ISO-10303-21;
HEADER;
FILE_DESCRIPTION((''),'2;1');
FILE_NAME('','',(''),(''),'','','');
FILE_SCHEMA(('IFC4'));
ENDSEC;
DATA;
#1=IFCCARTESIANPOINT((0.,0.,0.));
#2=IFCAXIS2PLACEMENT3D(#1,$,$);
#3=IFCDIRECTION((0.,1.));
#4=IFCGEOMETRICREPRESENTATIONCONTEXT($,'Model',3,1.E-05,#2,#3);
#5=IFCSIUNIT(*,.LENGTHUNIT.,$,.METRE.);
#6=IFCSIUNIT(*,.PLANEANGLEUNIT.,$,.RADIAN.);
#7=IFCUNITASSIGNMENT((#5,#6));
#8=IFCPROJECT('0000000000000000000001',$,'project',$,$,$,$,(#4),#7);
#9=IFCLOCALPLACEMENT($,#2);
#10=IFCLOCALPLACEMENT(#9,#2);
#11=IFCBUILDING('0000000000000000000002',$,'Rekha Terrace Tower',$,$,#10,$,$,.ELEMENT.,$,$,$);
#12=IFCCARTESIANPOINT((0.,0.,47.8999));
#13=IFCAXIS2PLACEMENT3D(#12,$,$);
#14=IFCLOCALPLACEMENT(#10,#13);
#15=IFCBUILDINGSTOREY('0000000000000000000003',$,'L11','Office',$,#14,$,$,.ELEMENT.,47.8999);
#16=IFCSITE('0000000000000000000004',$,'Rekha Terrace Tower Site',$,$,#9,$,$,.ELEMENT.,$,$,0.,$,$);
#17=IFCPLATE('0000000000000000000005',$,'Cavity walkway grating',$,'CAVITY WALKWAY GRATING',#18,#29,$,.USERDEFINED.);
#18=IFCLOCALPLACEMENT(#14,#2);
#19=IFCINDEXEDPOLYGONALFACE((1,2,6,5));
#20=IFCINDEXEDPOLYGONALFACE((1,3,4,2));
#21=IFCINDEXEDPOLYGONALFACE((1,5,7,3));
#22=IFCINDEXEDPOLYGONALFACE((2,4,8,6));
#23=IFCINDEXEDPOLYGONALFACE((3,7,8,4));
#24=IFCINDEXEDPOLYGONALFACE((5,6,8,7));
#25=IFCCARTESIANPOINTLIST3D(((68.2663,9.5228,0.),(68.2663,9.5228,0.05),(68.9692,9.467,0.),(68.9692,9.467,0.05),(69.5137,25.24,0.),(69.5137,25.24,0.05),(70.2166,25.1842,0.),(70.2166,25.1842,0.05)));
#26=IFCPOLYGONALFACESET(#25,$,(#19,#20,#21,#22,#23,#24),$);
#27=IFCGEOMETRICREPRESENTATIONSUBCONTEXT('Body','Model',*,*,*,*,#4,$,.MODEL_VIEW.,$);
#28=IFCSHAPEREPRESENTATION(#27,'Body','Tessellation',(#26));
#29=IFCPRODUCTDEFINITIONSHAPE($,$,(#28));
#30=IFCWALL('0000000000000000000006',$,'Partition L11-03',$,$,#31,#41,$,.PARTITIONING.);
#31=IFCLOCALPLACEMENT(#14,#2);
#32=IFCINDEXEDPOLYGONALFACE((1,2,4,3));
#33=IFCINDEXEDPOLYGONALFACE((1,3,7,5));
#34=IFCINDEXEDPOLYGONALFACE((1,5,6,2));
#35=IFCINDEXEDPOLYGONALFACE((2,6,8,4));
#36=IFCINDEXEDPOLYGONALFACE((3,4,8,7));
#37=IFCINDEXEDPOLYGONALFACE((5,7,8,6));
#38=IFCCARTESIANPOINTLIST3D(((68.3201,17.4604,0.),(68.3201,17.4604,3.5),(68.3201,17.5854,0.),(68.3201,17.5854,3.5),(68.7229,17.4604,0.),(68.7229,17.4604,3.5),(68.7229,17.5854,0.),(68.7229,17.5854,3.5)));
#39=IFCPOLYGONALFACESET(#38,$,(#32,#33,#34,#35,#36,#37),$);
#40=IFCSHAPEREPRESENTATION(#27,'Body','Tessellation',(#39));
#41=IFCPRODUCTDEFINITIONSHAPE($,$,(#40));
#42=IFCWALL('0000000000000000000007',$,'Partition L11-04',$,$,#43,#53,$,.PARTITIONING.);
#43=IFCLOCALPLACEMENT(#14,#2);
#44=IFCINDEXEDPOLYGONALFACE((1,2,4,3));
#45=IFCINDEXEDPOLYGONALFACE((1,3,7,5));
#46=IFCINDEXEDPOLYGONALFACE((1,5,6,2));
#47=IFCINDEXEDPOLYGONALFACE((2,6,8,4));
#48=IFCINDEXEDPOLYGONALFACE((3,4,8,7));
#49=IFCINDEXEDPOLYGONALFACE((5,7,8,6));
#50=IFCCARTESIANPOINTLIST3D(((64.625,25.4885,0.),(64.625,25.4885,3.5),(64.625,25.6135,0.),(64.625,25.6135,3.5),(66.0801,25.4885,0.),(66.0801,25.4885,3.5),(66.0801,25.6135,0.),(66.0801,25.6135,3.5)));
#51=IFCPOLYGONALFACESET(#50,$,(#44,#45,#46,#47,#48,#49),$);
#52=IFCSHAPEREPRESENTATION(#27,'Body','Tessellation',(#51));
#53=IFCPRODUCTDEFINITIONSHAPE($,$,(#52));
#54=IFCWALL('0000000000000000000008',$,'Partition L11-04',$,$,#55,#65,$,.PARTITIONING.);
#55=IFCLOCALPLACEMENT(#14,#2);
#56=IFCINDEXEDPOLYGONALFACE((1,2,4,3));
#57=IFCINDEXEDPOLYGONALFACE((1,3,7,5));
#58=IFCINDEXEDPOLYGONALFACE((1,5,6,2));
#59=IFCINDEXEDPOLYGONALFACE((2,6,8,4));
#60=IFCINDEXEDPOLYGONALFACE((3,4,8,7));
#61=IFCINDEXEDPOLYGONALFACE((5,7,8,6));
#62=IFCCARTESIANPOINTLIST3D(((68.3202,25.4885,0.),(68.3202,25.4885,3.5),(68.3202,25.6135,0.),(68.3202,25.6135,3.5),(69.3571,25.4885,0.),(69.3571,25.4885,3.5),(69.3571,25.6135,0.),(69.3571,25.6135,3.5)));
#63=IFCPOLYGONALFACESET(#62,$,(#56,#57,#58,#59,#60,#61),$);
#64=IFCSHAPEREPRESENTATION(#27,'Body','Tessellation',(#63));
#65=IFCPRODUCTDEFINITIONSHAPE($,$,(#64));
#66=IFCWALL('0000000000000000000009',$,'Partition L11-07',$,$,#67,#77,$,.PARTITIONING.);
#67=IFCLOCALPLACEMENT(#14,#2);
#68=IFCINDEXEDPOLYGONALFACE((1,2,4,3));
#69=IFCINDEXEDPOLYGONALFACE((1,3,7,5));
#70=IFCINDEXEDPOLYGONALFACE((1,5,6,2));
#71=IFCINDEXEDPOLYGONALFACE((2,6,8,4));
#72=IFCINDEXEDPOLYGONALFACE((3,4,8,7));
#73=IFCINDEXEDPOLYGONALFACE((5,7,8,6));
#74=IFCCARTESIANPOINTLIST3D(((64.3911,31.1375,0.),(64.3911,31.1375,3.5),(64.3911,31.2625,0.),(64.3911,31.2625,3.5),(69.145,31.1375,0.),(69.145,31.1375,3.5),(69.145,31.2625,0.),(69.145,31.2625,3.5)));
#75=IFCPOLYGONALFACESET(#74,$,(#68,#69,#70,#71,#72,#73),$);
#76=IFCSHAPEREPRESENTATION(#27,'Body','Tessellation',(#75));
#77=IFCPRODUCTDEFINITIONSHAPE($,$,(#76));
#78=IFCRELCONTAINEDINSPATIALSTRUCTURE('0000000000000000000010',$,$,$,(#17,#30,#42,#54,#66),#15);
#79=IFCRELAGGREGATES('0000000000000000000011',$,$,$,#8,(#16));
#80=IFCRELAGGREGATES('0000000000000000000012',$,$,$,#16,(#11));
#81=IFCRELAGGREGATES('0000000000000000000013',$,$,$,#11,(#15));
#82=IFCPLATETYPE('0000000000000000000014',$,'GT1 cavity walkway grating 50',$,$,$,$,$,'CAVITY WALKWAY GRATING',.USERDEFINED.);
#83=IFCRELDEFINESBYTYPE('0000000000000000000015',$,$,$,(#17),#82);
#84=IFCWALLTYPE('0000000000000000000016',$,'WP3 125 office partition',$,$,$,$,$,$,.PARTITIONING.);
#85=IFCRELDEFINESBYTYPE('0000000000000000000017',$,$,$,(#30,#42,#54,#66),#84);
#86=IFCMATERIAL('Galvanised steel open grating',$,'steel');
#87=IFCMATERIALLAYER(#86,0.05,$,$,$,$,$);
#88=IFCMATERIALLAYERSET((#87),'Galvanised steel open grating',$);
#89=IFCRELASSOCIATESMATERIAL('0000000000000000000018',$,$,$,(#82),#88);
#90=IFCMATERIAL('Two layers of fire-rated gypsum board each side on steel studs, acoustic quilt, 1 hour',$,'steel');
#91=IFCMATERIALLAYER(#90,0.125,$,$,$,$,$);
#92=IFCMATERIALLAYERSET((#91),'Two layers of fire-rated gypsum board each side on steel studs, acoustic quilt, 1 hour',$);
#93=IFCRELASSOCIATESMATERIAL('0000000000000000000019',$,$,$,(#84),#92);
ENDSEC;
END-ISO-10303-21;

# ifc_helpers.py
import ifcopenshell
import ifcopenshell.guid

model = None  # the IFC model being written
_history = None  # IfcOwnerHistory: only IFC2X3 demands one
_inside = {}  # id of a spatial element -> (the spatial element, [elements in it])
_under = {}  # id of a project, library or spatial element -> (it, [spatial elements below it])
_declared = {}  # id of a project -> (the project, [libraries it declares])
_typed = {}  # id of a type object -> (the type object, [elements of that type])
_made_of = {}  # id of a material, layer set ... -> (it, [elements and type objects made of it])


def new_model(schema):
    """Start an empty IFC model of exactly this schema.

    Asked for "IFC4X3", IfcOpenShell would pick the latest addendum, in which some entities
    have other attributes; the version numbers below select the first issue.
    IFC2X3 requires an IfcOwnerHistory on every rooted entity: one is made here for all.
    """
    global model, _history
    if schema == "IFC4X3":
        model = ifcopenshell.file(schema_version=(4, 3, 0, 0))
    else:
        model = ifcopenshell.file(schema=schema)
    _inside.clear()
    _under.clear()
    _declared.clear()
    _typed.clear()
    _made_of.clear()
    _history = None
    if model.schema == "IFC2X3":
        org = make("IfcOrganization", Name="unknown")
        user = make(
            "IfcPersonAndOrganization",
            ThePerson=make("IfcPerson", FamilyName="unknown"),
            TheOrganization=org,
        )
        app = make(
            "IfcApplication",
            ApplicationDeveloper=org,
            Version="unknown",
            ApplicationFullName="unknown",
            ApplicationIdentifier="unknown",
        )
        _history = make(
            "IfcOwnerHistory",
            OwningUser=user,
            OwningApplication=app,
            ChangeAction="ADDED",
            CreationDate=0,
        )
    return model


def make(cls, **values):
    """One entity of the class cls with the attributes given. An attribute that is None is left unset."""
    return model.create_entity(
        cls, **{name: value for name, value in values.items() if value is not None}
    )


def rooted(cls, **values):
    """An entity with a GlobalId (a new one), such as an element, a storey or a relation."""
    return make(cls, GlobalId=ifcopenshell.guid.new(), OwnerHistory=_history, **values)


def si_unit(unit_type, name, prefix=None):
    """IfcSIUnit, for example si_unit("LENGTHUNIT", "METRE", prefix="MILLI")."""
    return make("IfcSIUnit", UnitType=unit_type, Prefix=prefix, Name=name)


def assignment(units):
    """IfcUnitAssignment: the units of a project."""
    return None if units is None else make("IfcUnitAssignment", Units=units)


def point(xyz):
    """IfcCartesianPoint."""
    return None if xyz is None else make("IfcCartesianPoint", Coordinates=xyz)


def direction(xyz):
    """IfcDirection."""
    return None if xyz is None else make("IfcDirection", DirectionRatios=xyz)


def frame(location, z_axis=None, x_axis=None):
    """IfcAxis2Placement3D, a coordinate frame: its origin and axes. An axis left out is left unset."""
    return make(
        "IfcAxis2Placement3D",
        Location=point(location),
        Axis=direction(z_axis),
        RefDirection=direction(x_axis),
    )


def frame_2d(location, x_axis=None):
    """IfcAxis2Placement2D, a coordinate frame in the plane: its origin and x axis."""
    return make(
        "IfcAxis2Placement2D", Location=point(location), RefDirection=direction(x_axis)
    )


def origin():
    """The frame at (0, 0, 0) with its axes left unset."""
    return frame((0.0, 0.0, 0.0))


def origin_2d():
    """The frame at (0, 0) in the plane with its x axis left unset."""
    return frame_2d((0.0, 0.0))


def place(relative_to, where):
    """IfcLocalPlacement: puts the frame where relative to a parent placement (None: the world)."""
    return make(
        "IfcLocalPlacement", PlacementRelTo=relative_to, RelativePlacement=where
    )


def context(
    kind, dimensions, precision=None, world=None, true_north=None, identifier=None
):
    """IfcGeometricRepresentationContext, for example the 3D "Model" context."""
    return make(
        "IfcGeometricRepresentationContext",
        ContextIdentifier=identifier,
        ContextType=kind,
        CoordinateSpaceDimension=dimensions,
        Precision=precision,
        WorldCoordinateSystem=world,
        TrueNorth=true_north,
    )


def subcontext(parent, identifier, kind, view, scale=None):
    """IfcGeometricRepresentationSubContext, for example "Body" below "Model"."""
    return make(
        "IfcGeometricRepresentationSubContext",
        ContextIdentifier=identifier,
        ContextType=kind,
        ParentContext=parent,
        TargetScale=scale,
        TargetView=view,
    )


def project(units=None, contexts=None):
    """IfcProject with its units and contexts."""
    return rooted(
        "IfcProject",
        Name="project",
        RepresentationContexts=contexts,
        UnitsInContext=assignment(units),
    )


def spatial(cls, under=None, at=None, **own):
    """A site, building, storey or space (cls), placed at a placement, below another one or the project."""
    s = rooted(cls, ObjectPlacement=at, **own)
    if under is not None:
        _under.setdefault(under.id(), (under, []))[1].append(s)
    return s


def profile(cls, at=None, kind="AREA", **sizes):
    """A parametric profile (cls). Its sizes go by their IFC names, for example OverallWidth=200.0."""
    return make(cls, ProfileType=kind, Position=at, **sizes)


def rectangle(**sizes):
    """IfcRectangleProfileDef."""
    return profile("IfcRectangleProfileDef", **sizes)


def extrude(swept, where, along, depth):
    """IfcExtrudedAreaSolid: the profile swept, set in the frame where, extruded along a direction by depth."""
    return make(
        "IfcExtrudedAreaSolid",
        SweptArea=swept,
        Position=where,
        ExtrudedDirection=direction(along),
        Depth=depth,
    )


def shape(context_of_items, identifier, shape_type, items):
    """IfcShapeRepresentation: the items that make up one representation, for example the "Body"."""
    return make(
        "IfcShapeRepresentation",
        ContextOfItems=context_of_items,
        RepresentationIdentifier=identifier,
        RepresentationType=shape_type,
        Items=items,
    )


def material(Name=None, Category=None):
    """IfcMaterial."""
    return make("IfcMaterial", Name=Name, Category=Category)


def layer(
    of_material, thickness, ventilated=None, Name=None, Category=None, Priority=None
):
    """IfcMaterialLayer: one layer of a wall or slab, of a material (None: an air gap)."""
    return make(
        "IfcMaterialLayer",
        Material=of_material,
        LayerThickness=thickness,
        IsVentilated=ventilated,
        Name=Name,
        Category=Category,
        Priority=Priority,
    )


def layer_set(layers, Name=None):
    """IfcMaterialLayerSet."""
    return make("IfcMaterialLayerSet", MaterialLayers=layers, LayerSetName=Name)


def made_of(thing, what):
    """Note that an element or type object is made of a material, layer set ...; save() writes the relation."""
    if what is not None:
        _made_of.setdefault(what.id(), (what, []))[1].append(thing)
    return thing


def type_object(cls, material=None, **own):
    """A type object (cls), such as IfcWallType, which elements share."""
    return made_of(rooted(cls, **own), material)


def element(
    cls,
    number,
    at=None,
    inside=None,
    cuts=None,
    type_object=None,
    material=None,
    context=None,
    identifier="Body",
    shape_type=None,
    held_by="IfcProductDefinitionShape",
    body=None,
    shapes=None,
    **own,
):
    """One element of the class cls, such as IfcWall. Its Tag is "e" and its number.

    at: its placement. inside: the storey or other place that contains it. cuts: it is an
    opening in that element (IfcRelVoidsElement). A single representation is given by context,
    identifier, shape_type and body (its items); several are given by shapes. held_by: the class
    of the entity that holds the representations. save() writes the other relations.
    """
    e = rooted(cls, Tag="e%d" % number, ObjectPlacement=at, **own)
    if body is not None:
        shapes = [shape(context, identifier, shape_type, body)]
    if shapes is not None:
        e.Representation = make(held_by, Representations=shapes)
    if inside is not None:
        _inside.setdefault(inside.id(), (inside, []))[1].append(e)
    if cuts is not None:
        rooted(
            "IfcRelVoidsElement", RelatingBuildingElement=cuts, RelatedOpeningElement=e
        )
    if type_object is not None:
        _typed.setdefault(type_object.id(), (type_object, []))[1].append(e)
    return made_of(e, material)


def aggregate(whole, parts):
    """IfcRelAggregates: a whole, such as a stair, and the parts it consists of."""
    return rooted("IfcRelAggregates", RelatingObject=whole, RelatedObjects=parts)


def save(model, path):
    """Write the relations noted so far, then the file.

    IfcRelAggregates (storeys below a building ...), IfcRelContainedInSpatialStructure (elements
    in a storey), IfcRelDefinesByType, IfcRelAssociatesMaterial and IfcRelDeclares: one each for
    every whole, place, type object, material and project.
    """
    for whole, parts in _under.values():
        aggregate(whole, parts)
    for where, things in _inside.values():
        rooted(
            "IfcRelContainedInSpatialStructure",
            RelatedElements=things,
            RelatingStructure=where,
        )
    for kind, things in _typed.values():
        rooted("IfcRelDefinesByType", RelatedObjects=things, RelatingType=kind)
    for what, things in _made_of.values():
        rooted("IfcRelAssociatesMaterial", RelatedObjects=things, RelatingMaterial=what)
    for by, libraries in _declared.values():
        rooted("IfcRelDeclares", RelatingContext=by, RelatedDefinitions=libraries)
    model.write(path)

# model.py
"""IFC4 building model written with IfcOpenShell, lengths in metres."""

from ifc_helpers import new_model, si_unit, direction, frame, frame_2d, origin, origin_2d, place, context, subcontext, project, spatial, rectangle, extrude, material, layer, layer_set, type_object, element, save


model = new_model("IFC4")

# Units and contexts
model_context = context("Model", 3, precision=1e-05, world=origin(), true_north=direction((0.0, 1.0)))
body_context = subcontext(model_context, "Body", "Model", "MODEL_VIEW")
ifc_project = project(units=[si_unit("LENGTHUNIT", "METRE"), si_unit("PLANEANGLEUNIT", "RADIAN")], contexts=[model_context])

# Site, building, storey
site_placement = place(None, origin())
site = spatial("IfcSite", under=ifc_project, at=site_placement, Name="Rekha Terrace Tower Site", CompositionType="ELEMENT", RefElevation=0.0)
building_placement = place(site_placement, origin())
building = spatial("IfcBuilding", under=site, at=building_placement, Name="Rekha Terrace Tower", CompositionType="ELEMENT")
storey_placement = place(building_placement, frame((0.0, 0.0, 47.8999)))
storey = spatial("IfcBuildingStorey", under=building, at=storey_placement, Name="L11", Description="Office", CompositionType="ELEMENT", Elevation=47.8999)

# Plate
ifc_material_1 = material(Name="Galvanised steel open grating", Category="steel")
ifc_layer_1 = layer(ifc_material_1, 0.05)
ifc_layer_set_1 = layer_set([ifc_layer_1], Name="Galvanised steel open grating")
plate_type_1 = type_object("IfcPlateType", Name="GT1 cavity walkway grating 50", ElementType="CAVITY WALKWAY GRATING", PredefinedType="USERDEFINED", material=ifc_layer_set_1)
plate_1_placement = place(storey_placement, frame((69.2415, 17.3535, 0.0), z_axis=(0.0, 0.0, 1.0), x_axis=(0.079116, 0.996865, 0.0)))
element("IfcPlate", 1, at=plate_1_placement, inside=storey, type_object=plate_type_1, Name="Cavity walkway grating", ObjectType="CAVITY WALKWAY GRATING", PredefinedType="USERDEFINED", context=body_context, shape_type="SweptSolid", body=[
    extrude(rectangle(XDim=15.7666, YDim=0.7051, at=origin_2d()), origin(), (0.0, 0.0, 1.0), 0.05),
])

# Walls
ifc_material_2 = material(Name="Two layers of fire-rated gypsum board each side on steel studs, acoustic quilt, 1 hour", Category="steel")
ifc_layer_2 = layer(ifc_material_2, 0.125)
ifc_layer_set_2 = layer_set([ifc_layer_2], Name="Two layers of fire-rated gypsum board each side on steel studs, acoustic quilt, 1 hour")
wall_type = type_object("IfcWallType", Name="WP3 125 office partition", PredefinedType="PARTITIONING", material=ifc_layer_set_2)
wall_1_placement = place(storey_placement, frame((68.3201, 17.5229, 0.0), z_axis=(0.0, 0.0, 1.0), x_axis=(1.0, 0.0, 0.0)))
element("IfcWall", 2, at=wall_1_placement, inside=storey, type_object=wall_type, Name="Partition L11-03", PredefinedType="PARTITIONING", context=body_context, shape_type="SweptSolid", body=[
    extrude(rectangle(XDim=0.4028, YDim=0.125, at=frame_2d((0.2014, 0.0))), origin(), (0.0, 0.0, 1.0), 3.5),
])
wall_2_placement = place(storey_placement, frame((64.625, 25.551, 0.0), z_axis=(0.0, 0.0, 1.0), x_axis=(1.0, 0.0, 0.0)))
element("IfcWall", 3, at=wall_2_placement, inside=storey, type_object=wall_type, Name="Partition L11-04", PredefinedType="PARTITIONING", context=body_context, shape_type="SweptSolid", body=[
    extrude(rectangle(XDim=1.4551, YDim=0.125, at=frame_2d((0.7275, 0.0))), origin(), (0.0, 0.0, 1.0), 3.5),
])
wall_3_placement = place(storey_placement, frame((68.3201, 25.551, 0.0), z_axis=(0.0, 0.0, 1.0), x_axis=(1.0, 0.0, 0.0)))
element("IfcWall", 4, at=wall_3_placement, inside=storey, type_object=wall_type, Name="Partition L11-04", PredefinedType="PARTITIONING", context=body_context, shape_type="SweptSolid", body=[
    extrude(rectangle(XDim=1.0369, YDim=0.125, at=frame_2d((0.5186, 0.0))), origin(), (0.0, 0.0, 1.0), 3.5),
])
wall_4_placement = place(storey_placement, frame((69.145, 31.2, 0.0), z_axis=(0.0, 0.0, 1.0), x_axis=(-1.0, 0.0, 0.0)))
element("IfcWall", 5, at=wall_4_placement, inside=storey, type_object=wall_type, Name="Partition L11-07", PredefinedType="PARTITIONING", context=body_context, shape_type="SweptSolid", body=[
    extrude(rectangle(XDim=4.7539, YDim=0.125, at=frame_2d((2.377, 0.0))), origin(), (0.0, 0.0, 1.0), 3.5),
])

save(model, "model.ifc")
